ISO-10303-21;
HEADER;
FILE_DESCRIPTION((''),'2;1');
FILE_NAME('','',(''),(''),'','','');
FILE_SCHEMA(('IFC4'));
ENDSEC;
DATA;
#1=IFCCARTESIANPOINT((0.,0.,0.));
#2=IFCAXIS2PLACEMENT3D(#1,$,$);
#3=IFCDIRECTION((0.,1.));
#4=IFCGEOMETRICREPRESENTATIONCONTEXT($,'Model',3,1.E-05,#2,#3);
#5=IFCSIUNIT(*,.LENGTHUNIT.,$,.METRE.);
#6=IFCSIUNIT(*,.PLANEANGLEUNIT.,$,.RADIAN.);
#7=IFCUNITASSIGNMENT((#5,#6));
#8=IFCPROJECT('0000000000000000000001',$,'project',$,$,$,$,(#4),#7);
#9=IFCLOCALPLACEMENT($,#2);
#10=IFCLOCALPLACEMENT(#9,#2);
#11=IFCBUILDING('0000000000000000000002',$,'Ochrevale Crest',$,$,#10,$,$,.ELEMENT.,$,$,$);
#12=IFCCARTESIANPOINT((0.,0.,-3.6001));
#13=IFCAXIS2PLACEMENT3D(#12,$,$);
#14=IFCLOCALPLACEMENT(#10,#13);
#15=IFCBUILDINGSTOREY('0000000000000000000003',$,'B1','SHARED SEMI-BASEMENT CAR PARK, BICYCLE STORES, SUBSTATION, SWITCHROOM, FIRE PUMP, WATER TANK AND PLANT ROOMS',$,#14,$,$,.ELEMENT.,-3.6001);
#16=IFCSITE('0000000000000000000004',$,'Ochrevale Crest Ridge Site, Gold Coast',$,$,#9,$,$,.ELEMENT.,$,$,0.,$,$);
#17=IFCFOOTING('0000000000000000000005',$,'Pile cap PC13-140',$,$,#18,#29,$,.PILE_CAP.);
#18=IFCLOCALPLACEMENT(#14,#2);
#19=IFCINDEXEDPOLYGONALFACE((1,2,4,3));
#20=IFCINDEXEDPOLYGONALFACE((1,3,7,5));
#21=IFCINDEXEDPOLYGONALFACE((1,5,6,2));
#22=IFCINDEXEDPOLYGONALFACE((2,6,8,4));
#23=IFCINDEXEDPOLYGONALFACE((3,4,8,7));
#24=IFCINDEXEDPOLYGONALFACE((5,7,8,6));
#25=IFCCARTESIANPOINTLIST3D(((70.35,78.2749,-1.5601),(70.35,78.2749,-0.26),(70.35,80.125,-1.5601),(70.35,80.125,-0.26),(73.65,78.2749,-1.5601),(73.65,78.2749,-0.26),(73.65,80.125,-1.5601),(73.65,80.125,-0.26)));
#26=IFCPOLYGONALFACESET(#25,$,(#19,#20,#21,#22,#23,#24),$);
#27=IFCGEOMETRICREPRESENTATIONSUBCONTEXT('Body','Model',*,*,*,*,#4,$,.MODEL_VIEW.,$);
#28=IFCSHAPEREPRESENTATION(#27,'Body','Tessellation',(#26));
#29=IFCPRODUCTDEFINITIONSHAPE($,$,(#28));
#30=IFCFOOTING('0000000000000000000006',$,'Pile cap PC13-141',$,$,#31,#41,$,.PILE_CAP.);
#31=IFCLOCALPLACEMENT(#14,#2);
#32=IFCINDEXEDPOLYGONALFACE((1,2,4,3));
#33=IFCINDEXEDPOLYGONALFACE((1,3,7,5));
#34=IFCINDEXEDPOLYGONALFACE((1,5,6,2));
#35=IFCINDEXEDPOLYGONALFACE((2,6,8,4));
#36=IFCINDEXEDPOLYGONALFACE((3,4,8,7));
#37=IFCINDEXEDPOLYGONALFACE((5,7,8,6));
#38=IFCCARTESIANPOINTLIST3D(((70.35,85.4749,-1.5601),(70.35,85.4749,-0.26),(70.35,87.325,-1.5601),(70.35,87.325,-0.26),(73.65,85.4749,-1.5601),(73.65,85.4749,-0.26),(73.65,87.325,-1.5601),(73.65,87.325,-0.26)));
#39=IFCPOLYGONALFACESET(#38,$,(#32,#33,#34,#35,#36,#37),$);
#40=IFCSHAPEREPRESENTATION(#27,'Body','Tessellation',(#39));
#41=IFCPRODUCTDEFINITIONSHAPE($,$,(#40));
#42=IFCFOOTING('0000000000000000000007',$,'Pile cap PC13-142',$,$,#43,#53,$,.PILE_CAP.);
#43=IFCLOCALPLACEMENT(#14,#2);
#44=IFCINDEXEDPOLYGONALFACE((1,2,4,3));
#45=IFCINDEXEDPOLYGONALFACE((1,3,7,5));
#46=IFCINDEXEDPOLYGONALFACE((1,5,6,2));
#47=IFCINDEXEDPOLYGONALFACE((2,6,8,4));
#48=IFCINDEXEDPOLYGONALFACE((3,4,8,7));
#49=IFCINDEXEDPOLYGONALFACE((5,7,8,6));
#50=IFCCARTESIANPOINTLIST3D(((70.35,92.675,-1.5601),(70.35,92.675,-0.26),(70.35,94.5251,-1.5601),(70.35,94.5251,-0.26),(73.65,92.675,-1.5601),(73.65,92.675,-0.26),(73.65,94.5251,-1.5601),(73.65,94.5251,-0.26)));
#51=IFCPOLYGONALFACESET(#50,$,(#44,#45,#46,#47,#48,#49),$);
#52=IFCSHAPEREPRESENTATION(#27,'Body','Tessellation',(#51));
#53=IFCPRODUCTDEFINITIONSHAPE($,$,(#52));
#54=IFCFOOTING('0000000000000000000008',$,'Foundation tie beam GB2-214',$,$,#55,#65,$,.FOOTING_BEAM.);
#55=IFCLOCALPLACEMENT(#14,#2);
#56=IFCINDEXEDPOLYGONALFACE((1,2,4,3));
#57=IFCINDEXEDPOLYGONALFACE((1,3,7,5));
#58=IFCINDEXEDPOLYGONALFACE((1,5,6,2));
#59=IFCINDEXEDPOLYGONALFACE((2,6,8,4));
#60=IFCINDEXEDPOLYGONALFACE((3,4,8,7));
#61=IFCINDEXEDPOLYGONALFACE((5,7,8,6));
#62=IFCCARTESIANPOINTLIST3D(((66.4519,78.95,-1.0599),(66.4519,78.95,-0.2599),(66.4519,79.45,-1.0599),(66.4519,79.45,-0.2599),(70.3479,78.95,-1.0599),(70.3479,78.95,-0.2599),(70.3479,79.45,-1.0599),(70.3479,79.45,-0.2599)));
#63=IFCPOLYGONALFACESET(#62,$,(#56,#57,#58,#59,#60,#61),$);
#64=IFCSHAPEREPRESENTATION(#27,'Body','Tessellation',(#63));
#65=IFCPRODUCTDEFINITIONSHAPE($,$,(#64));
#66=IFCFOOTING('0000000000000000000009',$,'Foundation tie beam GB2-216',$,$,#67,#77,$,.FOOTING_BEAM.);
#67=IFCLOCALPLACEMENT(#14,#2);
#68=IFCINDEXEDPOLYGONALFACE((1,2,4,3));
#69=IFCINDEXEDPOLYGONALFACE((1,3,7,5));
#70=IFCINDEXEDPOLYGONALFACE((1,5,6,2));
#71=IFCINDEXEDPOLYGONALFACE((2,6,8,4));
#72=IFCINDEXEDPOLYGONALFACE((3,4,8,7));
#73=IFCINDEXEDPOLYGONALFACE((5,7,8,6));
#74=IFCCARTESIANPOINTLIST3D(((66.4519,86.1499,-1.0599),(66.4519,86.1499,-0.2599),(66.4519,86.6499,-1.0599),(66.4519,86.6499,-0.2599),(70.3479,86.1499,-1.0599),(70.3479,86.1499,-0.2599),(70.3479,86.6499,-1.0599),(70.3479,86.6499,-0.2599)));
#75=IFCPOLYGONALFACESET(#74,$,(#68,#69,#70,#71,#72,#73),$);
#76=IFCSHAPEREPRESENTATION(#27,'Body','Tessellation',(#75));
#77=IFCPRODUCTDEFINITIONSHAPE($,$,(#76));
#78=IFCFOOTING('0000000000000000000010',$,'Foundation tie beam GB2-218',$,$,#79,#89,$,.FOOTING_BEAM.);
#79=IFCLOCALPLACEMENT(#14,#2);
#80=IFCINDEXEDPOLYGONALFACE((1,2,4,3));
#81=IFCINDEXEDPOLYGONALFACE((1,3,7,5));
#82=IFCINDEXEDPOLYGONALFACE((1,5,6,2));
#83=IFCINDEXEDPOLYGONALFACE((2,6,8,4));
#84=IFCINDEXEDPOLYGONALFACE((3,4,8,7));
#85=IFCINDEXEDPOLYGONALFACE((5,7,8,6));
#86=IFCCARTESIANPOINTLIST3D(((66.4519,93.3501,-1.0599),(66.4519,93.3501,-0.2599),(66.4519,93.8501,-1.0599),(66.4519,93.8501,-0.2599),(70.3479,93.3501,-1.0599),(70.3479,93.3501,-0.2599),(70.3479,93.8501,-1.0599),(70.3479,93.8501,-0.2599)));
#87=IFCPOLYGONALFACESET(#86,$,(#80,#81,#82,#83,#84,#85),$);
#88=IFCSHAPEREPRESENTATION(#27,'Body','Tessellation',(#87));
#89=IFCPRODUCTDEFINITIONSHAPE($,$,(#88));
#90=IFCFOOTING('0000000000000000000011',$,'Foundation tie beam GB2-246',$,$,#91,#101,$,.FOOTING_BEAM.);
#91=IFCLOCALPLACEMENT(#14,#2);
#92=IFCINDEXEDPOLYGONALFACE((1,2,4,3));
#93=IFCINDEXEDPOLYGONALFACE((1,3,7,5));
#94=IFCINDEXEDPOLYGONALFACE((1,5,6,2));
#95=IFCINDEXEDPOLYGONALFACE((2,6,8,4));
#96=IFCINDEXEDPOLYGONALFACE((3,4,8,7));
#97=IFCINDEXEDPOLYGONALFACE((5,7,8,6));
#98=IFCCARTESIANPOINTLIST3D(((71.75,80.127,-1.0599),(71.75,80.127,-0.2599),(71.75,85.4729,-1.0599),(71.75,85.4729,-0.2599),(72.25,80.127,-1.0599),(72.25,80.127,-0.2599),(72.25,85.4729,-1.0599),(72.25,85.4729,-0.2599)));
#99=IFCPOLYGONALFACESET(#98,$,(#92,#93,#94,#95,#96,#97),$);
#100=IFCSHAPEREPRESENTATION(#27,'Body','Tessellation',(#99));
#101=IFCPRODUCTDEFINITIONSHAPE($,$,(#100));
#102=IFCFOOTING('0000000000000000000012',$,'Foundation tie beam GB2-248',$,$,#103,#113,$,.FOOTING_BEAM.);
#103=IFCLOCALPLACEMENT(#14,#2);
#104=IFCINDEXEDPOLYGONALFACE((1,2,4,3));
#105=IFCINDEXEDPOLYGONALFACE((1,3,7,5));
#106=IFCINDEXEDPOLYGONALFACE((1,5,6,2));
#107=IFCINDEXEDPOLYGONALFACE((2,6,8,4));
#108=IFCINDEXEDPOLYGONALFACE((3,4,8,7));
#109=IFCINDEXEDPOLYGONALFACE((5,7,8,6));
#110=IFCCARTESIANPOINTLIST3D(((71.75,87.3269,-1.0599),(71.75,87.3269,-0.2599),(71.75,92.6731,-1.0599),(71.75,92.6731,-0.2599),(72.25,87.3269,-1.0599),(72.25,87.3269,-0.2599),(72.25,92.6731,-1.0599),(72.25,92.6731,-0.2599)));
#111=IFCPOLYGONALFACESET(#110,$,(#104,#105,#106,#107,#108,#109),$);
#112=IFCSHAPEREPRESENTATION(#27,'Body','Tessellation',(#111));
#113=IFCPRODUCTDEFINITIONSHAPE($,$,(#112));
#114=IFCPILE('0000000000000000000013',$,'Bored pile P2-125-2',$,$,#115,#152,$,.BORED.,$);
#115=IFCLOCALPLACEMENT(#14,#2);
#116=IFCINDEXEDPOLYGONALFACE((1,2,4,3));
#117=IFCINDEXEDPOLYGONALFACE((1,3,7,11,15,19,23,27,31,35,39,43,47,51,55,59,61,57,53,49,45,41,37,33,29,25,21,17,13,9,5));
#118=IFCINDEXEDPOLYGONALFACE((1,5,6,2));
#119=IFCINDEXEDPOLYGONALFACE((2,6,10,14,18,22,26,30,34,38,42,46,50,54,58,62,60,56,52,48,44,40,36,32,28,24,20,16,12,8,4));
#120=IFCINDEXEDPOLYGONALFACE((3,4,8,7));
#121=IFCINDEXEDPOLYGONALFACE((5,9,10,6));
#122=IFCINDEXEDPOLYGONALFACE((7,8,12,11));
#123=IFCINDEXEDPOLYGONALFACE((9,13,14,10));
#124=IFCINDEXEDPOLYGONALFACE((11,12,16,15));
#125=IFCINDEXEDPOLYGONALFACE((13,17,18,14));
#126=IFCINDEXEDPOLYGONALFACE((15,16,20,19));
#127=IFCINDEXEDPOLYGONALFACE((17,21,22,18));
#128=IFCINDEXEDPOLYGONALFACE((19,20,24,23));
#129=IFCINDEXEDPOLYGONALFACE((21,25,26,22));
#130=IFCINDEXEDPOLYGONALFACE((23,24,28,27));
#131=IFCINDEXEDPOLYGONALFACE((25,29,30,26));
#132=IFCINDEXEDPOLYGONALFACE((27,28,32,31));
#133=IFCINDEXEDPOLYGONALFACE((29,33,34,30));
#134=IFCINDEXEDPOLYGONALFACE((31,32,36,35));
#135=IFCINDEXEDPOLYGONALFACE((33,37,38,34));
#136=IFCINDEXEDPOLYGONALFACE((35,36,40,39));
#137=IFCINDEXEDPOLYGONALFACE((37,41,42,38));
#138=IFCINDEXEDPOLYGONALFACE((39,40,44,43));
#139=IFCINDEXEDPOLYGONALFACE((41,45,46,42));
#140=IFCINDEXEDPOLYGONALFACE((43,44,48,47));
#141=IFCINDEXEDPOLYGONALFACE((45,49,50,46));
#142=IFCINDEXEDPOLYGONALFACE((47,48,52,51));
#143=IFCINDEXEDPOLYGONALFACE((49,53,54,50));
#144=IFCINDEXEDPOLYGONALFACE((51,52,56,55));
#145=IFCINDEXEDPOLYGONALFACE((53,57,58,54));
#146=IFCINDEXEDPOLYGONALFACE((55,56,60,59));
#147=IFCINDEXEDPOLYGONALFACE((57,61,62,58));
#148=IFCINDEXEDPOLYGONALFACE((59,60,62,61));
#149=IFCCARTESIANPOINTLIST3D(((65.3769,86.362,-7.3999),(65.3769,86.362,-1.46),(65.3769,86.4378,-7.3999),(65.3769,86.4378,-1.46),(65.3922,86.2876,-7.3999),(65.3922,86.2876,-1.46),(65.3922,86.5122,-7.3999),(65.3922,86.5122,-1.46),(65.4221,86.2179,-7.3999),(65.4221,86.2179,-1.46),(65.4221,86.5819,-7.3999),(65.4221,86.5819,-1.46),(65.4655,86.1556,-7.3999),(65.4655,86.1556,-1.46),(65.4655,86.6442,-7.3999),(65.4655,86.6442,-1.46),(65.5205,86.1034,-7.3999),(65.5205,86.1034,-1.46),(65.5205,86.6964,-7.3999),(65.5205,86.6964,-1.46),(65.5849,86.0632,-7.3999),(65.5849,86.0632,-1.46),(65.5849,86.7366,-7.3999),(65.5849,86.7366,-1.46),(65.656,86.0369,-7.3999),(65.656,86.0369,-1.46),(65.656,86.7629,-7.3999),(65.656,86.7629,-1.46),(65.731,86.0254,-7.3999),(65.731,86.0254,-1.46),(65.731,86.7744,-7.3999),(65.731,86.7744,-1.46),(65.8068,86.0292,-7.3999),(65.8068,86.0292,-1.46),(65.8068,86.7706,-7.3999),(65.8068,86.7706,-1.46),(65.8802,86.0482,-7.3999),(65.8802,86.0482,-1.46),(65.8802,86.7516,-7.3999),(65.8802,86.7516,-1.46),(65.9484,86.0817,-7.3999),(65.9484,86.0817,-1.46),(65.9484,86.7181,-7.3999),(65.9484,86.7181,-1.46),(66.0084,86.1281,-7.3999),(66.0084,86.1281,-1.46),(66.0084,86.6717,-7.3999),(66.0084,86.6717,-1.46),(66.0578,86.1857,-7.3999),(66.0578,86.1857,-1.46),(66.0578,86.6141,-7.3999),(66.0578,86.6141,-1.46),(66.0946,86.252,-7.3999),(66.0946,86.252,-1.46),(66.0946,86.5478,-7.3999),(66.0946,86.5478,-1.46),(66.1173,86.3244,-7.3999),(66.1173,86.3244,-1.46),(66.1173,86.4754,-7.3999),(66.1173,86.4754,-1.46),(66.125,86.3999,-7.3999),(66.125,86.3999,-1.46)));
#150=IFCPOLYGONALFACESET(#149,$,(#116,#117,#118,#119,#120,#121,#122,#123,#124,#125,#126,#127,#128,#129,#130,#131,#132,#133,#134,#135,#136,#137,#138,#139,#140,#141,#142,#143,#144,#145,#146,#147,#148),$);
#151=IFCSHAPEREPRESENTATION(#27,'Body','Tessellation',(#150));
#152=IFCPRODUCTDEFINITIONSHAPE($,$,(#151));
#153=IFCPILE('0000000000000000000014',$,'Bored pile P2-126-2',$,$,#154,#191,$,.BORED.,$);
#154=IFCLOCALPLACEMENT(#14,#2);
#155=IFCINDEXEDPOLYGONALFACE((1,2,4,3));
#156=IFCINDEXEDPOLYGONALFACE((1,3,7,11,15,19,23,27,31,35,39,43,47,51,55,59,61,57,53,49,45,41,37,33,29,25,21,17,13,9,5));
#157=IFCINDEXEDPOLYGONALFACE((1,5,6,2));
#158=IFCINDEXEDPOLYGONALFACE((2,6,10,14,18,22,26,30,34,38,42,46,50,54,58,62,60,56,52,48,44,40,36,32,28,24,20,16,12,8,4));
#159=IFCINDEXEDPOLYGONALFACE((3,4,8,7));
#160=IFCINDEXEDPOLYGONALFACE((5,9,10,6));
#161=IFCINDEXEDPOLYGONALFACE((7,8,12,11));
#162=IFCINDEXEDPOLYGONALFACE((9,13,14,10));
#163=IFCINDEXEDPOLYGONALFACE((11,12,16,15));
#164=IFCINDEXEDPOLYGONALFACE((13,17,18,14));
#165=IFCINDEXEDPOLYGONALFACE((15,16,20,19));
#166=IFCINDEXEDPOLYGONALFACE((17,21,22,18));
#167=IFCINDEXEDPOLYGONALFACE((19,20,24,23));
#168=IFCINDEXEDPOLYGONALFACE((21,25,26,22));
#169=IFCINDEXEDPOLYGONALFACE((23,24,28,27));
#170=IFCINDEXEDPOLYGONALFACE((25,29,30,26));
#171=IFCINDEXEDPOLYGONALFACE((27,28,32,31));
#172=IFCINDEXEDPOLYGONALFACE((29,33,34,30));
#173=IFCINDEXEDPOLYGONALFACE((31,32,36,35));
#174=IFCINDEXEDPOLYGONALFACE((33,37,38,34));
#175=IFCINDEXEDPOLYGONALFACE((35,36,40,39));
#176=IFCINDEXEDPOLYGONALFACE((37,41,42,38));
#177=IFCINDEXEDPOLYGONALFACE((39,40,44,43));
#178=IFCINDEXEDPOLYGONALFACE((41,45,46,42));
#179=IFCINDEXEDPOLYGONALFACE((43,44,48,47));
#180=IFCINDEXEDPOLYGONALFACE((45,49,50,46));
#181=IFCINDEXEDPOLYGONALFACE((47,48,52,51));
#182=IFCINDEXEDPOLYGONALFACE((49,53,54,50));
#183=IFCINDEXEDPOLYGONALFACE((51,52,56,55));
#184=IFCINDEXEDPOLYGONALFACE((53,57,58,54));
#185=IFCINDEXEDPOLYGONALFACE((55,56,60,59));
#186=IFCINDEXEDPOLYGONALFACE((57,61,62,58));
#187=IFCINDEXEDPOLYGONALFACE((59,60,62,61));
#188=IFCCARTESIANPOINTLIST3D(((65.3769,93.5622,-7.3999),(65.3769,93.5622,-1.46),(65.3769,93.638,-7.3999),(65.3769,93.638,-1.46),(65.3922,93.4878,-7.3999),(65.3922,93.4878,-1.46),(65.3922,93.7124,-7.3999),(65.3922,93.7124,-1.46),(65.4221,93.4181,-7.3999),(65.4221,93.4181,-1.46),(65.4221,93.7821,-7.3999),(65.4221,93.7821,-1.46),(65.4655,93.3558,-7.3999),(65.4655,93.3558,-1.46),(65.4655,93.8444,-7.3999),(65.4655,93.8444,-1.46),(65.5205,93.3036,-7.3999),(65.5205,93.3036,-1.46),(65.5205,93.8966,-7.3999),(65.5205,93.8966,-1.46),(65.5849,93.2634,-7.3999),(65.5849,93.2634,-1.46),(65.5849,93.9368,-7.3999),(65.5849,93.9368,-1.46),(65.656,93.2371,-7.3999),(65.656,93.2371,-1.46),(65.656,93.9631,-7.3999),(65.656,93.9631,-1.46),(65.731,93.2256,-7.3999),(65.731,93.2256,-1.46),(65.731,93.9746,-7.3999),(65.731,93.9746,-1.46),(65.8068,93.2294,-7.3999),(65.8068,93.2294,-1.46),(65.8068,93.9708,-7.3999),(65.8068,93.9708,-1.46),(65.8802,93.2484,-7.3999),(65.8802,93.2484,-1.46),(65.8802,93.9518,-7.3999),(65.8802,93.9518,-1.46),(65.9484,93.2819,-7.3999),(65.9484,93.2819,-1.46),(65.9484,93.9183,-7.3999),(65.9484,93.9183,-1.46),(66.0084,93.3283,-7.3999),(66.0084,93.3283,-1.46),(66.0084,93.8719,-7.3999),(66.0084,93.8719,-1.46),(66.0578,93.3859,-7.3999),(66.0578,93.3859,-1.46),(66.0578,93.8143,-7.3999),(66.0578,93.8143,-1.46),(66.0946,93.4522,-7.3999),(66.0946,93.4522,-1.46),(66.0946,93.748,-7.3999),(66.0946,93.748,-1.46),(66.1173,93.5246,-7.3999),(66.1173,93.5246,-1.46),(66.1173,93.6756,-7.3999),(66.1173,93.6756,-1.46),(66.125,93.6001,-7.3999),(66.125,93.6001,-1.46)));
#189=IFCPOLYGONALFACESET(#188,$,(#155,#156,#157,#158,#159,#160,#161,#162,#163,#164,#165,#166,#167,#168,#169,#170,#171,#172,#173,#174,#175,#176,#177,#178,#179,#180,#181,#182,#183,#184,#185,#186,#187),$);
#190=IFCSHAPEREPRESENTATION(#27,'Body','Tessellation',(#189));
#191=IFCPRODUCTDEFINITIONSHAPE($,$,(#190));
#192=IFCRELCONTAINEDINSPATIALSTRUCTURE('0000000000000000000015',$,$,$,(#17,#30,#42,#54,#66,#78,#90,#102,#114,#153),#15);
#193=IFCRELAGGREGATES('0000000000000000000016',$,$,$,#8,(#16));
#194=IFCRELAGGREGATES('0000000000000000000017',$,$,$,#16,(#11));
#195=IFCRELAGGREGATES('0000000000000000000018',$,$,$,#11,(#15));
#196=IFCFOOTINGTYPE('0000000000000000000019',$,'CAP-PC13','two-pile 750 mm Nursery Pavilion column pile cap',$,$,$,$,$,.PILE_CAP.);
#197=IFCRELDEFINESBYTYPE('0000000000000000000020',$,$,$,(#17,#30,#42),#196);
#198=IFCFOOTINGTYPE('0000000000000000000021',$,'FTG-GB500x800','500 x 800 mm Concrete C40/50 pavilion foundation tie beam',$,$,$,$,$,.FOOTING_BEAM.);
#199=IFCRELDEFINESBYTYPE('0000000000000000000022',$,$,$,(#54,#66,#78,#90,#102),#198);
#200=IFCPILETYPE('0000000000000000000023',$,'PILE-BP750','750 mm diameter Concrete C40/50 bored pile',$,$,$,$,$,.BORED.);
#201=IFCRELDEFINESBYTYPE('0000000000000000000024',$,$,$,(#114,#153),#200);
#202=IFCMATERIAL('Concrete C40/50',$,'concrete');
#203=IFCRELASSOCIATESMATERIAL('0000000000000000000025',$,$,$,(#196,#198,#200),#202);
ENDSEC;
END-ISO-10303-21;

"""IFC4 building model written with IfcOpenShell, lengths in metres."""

from ifc_helpers import new_model, si_unit, direction, frame, origin, origin_2d, place, context, subcontext, project, spatial, rectangle, circle, extrude, material, material_profile, profile_set, type_object, element, save


model = new_model("IFC4")

# Units and contexts
model_context = context("Model", 3, precision=1e-05, world=origin(), true_north=direction((0.0, 1.0)))
body_context = subcontext(model_context, "Body", "Model", "MODEL_VIEW")
ifc_project = project(units=[si_unit("LENGTHUNIT", "METRE"), si_unit("PLANEANGLEUNIT", "RADIAN")], contexts=[model_context])

# Site, building, storey
site_placement = place(None, origin())
site = spatial("IfcSite", under=ifc_project, at=site_placement, Name="Ochrevale Crest Ridge Site, Gold Coast", CompositionType="ELEMENT", RefElevation=0.0)
building_placement = place(site_placement, origin())
building = spatial("IfcBuilding", under=site, at=building_placement, Name="Ochrevale Crest", CompositionType="ELEMENT")
storey_placement = place(building_placement, frame((0.0, 0.0, -3.6001)))
storey = spatial("IfcBuildingStorey", under=building, at=storey_placement, Name="B1", Description="SHARED SEMI-BASEMENT CAR PARK, BICYCLE STORES, SUBSTATION, SWITCHROOM, FIRE PUMP, WATER TANK AND PLANT ROOMS", CompositionType="ELEMENT", Elevation=-3.6001)

# Footings
ifc_material_1 = material(Name="Concrete C40/50", Category="concrete")
footing_type_1 = type_object("IfcFootingType", Name="CAP-PC13", Description="two-pile 750 mm Nursery Pavilion column pile cap", PredefinedType="PILE_CAP", material=ifc_material_1)
for number, where, z_axis, x_axis, name in (
    (1, (72.0, 79.2, -1.5601), (0.0, 0.0, 1.0), (1.0, 0.0, 0.0), "Pile cap PC13-140"),
    (2, (72.0, 86.3999, -1.5601), (0.0, 0.0, 1.0), (1.0, 0.0, 0.0), "Pile cap PC13-141"),
    (3, (72.0, 93.6001, -1.5601), (0.0, 0.0, 1.0), (1.0, 0.0, 0.0), "Pile cap PC13-142"),
):
    element("IfcFooting", number, at=place(storey_placement, frame(where, z_axis=z_axis, x_axis=x_axis)), inside=storey, type_object=footing_type_1, Name=name, PredefinedType="PILE_CAP", context=body_context, shape_type="SweptSolid", body=[
        extrude(rectangle(XDim=3.3, YDim=1.8501, at=origin_2d()), origin(), (0.0, 0.0, 1.0), 1.3),
    ])
ifc_material_profile_1 = material_profile(ifc_material_1, rectangle(XDim=0.5, YDim=0.8, at=origin_2d()), Name="GB 500x800")
ifc_profile_set_1 = profile_set([ifc_material_profile_1], Name="Concrete C40/50")
footing_type_2 = type_object("IfcFootingType", Name="FTG-GB500x800", Description="500 x 800 mm Concrete C40/50 pavilion foundation tie beam", PredefinedType="FOOTING_BEAM", material=ifc_profile_set_1)
for number, where, z_axis, x_axis, name in (
    (4, (66.4519, 79.2, -0.6599), (1.0, 0.0, 0.0), (0.0, 1.0, 0.0), "Foundation tie beam GB2-214"),
    (5, (66.4519, 86.3999, -0.6599), (1.0, 0.0, 0.0), (0.0, 1.0, 0.0), "Foundation tie beam GB2-216"),
    (6, (66.4519, 93.6001, -0.6599), (1.0, 0.0, 0.0), (0.0, 1.0, 0.0), "Foundation tie beam GB2-218"),
):
    element("IfcFooting", number, at=place(storey_placement, frame(where, z_axis=z_axis, x_axis=x_axis)), inside=storey, type_object=footing_type_2, Name=name, PredefinedType="FOOTING_BEAM", context=body_context, shape_type="SweptSolid", body=[
        extrude(rectangle(XDim=0.5, YDim=0.8, at=origin_2d()), origin(), (0.0, 0.0, 1.0), 3.896),
    ])
footing_1_placement = place(storey_placement, frame((72.0, 80.127, -0.6599), z_axis=(0.0, 1.0, 0.0), x_axis=(-1.0, 0.0, 0.0)))
element("IfcFooting", 7, at=footing_1_placement, inside=storey, type_object=footing_type_2, Name="Foundation tie beam GB2-246", PredefinedType="FOOTING_BEAM", context=body_context, shape_type="SweptSolid", body=[
    extrude(rectangle(XDim=0.5, YDim=0.8, at=origin_2d()), origin(), (0.0, 0.0, 1.0), 5.3459),
])
footing_2_placement = place(storey_placement, frame((72.0, 87.3269, -0.6599), z_axis=(0.0, 1.0, 0.0), x_axis=(-1.0, 0.0, 0.0)))
element("IfcFooting", 8, at=footing_2_placement, inside=storey, type_object=footing_type_2, Name="Foundation tie beam GB2-248", PredefinedType="FOOTING_BEAM", context=body_context, shape_type="SweptSolid", body=[
    extrude(rectangle(XDim=0.5, YDim=0.8, at=origin_2d()), origin(), (0.0, 0.0, 1.0), 5.3462),
])

# Piles
ifc_material_profile_2 = material_profile(ifc_material_1, circle(Radius=0.375, at=origin_2d()), Name="BORED PILE 750")
ifc_profile_set_2 = profile_set([ifc_material_profile_2], Name="Concrete C40/50")
pile_type = type_object("IfcPileType", Name="PILE-BP750", Description="750 mm diameter Concrete C40/50 bored pile", PredefinedType="BORED", material=ifc_profile_set_2)
for number, where, z_axis, x_axis, name in (
    (9, (65.75, 86.3999, -1.46), (0.0, 0.0, -1.0), (1.0, 0.0, 0.0), "Bored pile P2-125-2"),
    (10, (65.75, 93.6001, -1.46), (0.0, 0.0, -1.0), (1.0, 0.0, 0.0), "Bored pile P2-126-2"),
):
    element("IfcPile", number, at=place(storey_placement, frame(where, z_axis=z_axis, x_axis=x_axis)), inside=storey, type_object=pile_type, Name=name, PredefinedType="BORED", context=body_context, shape_type="SweptSolid", body=[
        extrude(circle(Radius=0.375, at=origin_2d()), origin(), (0.0, 0.0, 1.0), 5.9399),
    ])

save(model, "model.ifc")
